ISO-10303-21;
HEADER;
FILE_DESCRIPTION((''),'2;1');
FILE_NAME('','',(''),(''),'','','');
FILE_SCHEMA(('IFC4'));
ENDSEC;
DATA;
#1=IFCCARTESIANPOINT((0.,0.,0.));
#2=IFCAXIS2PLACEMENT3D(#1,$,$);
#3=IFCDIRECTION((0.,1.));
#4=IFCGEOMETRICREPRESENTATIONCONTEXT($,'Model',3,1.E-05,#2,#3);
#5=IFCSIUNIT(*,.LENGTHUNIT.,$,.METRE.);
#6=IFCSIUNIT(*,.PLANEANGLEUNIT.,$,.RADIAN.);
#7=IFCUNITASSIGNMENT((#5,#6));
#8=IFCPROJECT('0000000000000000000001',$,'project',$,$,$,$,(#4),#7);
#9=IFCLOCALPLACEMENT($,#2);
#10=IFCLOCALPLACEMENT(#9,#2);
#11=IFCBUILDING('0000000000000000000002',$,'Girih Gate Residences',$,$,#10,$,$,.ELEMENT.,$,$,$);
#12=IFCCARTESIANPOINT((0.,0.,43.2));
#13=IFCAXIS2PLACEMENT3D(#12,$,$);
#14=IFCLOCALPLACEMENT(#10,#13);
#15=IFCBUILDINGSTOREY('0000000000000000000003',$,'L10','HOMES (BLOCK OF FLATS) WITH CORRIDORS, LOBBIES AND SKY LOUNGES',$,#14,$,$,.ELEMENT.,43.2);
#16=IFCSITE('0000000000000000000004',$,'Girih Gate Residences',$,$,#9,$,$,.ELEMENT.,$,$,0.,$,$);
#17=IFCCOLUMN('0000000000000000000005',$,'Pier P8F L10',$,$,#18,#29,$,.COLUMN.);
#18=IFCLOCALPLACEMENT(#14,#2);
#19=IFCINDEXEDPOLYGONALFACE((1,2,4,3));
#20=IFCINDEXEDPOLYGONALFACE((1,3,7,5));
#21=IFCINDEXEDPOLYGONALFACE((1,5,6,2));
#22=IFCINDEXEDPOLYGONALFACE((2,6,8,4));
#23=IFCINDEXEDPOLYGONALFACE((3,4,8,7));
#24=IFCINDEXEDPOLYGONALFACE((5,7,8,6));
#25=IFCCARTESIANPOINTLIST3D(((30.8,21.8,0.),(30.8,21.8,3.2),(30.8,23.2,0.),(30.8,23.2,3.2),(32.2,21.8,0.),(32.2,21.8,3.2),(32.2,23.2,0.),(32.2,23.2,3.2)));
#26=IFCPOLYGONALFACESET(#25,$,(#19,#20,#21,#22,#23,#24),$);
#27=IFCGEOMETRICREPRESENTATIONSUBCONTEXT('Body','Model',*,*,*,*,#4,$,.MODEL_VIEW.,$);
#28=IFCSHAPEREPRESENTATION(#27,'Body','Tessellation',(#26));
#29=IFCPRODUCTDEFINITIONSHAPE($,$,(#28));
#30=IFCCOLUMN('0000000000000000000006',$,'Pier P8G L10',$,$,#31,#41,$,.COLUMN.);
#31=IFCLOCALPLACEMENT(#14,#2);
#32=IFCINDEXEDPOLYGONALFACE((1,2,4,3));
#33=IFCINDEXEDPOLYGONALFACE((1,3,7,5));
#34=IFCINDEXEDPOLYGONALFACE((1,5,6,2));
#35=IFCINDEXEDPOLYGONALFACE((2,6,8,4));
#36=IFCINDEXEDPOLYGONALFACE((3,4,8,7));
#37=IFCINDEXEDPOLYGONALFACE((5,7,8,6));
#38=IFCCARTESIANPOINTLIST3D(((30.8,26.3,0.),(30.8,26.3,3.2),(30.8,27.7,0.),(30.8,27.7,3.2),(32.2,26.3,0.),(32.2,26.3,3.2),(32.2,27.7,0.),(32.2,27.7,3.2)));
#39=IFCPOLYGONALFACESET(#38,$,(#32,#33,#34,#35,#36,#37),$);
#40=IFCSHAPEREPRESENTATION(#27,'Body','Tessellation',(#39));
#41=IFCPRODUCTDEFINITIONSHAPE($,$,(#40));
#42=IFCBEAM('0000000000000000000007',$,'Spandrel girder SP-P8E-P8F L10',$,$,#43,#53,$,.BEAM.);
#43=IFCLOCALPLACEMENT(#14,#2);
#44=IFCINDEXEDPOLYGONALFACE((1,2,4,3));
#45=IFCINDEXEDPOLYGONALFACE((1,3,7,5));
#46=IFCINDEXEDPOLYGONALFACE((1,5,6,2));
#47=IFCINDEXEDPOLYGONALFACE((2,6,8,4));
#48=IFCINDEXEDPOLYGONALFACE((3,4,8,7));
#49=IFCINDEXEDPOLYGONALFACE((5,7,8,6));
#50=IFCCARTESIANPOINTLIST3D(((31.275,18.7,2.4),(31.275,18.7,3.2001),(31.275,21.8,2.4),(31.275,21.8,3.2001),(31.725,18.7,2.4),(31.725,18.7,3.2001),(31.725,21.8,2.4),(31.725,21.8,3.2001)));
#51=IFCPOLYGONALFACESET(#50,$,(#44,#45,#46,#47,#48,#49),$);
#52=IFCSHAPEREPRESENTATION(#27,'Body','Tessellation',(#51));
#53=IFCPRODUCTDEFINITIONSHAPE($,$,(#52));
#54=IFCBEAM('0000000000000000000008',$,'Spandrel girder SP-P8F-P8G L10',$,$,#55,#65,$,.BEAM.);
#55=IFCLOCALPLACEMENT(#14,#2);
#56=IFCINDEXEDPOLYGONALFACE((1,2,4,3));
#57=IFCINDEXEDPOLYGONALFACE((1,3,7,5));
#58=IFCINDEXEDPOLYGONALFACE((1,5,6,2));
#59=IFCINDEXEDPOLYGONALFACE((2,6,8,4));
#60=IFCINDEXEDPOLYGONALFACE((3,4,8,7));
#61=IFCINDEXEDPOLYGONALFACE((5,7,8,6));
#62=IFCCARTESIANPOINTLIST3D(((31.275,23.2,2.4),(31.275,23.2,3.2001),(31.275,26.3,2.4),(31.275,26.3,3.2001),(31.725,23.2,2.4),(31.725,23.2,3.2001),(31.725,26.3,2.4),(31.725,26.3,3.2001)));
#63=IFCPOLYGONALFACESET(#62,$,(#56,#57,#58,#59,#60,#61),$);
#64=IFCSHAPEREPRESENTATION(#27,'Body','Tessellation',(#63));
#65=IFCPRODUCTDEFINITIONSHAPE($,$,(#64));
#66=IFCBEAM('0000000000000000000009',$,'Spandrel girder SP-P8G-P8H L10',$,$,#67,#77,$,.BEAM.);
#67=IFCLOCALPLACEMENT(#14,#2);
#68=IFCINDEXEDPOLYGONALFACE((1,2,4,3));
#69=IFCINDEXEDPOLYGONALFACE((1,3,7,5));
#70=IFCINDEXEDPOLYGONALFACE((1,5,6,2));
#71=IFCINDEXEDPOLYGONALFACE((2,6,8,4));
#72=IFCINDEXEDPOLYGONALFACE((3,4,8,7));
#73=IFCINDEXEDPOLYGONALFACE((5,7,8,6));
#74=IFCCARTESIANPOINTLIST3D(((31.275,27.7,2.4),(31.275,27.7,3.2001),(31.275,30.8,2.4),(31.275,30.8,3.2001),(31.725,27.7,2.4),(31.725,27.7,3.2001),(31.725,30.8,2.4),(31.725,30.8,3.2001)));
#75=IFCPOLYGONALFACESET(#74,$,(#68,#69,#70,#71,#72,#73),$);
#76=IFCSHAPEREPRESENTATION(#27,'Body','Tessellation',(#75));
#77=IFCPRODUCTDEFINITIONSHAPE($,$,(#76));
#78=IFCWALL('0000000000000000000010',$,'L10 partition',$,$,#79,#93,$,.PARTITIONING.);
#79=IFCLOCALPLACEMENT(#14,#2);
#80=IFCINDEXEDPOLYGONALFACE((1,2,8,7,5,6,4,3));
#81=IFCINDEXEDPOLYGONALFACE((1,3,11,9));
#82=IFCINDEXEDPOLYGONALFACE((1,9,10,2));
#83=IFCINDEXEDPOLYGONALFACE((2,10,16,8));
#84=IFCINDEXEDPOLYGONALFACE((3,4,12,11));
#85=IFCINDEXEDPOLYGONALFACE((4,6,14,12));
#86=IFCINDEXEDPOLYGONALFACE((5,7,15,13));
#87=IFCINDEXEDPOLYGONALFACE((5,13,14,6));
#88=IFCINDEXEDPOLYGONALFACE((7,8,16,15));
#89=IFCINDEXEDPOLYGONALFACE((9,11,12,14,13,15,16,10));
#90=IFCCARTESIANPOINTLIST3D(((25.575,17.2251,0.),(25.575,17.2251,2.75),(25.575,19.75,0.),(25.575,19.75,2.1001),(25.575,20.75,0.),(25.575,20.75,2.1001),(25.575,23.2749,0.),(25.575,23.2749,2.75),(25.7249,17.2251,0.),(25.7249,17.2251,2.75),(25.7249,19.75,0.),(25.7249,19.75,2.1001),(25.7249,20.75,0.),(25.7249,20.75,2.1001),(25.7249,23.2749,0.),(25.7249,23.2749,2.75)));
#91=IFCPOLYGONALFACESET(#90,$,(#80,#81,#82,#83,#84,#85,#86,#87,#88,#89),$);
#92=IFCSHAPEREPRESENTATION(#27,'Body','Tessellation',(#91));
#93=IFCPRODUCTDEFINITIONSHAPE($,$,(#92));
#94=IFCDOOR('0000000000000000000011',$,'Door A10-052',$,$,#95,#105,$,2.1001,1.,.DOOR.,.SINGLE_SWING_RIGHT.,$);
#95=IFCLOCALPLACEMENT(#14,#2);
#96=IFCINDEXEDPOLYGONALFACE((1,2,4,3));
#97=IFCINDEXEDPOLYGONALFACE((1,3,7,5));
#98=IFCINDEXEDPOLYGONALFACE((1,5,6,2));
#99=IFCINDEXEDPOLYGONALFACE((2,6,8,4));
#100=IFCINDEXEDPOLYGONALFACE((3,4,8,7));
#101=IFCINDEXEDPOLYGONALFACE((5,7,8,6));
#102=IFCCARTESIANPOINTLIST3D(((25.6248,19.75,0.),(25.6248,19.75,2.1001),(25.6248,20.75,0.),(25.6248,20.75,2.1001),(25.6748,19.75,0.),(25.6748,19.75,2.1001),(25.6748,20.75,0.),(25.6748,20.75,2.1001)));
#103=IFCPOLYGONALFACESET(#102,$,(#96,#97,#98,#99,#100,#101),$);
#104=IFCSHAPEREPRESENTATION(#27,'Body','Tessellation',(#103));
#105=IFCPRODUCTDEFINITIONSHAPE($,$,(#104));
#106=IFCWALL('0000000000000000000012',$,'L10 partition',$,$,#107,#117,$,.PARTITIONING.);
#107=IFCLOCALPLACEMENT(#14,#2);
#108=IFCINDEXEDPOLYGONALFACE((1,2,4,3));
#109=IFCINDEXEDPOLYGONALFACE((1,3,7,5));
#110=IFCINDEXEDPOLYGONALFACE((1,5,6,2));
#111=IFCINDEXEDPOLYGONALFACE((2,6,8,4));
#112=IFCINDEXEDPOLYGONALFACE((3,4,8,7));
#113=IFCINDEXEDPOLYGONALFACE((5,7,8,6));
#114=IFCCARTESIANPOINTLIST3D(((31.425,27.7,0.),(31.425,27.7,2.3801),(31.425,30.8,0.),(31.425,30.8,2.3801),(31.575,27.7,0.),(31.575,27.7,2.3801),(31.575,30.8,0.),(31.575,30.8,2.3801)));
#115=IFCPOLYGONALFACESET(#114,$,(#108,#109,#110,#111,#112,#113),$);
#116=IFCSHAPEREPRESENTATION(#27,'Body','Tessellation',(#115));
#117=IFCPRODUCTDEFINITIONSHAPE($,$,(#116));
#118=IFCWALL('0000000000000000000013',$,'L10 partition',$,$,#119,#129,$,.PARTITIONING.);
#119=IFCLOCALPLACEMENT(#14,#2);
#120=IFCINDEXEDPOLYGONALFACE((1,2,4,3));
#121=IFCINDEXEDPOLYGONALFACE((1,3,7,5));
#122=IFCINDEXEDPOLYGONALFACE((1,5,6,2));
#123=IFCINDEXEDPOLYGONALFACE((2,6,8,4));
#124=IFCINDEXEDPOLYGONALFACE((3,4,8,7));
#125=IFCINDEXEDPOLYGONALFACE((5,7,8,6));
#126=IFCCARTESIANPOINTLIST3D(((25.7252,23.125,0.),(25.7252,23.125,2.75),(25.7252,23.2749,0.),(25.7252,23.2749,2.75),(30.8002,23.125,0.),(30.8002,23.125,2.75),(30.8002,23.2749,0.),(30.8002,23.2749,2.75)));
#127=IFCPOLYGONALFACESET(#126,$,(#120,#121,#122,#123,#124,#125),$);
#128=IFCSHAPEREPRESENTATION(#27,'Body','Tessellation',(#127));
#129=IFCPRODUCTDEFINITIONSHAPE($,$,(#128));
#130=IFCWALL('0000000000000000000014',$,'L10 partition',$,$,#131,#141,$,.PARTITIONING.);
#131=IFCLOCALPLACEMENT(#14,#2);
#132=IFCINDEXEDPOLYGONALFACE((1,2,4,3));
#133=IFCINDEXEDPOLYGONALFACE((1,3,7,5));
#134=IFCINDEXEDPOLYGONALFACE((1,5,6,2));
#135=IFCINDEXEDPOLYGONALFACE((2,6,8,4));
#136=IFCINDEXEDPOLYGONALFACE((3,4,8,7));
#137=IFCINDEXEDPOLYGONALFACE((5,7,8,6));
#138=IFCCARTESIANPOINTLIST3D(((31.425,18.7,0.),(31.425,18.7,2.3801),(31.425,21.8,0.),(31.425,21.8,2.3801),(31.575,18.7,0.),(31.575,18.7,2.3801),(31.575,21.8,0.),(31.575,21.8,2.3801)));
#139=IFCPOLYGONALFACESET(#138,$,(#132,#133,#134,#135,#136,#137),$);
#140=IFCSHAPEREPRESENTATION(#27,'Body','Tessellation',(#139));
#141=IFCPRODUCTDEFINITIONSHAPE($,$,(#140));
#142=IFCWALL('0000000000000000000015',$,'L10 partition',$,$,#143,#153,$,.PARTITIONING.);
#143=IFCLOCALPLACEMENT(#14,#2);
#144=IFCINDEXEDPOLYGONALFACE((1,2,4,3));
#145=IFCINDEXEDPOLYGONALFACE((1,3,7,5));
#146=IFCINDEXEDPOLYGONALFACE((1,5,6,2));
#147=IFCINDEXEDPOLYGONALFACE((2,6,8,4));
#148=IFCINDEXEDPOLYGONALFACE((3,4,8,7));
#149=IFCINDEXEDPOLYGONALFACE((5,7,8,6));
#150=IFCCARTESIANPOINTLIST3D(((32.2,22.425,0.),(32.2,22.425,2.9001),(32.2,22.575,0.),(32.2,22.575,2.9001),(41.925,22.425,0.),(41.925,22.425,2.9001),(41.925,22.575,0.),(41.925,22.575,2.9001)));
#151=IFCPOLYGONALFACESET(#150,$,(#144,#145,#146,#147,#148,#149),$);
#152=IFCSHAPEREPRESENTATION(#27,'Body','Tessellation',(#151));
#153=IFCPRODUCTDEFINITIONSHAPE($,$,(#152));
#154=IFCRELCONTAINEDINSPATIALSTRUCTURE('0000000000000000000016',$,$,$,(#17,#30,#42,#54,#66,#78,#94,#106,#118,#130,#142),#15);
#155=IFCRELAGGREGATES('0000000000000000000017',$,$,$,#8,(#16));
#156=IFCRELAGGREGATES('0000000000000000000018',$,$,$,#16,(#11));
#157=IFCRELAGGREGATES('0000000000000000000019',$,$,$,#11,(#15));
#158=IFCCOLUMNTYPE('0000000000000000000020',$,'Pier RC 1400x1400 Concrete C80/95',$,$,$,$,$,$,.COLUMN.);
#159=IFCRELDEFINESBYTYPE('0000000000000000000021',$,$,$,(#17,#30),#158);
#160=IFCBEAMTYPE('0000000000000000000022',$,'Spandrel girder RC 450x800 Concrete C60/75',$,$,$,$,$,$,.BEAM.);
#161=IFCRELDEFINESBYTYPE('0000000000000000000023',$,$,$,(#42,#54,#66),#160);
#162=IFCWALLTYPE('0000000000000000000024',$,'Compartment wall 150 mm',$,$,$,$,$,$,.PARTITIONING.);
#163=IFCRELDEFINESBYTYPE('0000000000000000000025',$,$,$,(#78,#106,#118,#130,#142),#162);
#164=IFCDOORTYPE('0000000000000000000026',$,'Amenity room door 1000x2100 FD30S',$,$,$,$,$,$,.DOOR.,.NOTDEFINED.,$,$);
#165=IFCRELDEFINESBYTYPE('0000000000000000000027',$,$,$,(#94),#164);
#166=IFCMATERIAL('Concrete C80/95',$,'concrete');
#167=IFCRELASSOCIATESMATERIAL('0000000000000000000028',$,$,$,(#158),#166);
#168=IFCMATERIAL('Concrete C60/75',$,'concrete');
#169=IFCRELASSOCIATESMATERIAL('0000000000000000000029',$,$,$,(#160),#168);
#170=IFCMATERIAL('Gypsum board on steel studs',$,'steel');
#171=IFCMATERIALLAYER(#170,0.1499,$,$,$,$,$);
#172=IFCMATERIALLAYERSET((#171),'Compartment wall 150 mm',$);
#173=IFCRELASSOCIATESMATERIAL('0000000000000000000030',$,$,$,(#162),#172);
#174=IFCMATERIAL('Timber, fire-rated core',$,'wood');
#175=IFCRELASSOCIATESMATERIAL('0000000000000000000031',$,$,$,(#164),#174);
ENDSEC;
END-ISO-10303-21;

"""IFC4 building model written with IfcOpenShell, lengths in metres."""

from ifc_helpers import new_model, si_unit, direction, frame, frame_2d, origin, origin_2d, place, context, subcontext, project, spatial, rectangle, extrude, material, layer, layer_set, material_profile, profile_set, type_object, element, fill, save


model = new_model("IFC4")

# Units and contexts
model_context = context("Model", 3, precision=1e-05, world=origin(), true_north=direction((0.0, 1.0)))
body_context = subcontext(model_context, "Body", "Model", "MODEL_VIEW")
ifc_project = project(units=[si_unit("LENGTHUNIT", "METRE"), si_unit("PLANEANGLEUNIT", "RADIAN")], contexts=[model_context])

# Site, building, storey
site_placement = place(None, origin())
site = spatial("IfcSite", under=ifc_project, at=site_placement, Name="Girih Gate Residences", CompositionType="ELEMENT", RefElevation=0.0)
building_placement = place(site_placement, origin())
building = spatial("IfcBuilding", under=site, at=building_placement, Name="Girih Gate Residences", CompositionType="ELEMENT")
storey_placement = place(building_placement, frame((0.0, 0.0, 43.2)))
storey = spatial("IfcBuildingStorey", under=building, at=storey_placement, Name="L10", Description="HOMES (BLOCK OF FLATS) WITH CORRIDORS, LOBBIES AND SKY LOUNGES", CompositionType="ELEMENT", Elevation=43.2)

# Columns
ifc_material_1 = material(Name="Concrete C80/95", Category="concrete")
ifc_material_profile_1 = material_profile(ifc_material_1, rectangle(XDim=1.3999, YDim=1.3999, at=origin_2d()))
ifc_profile_set_1 = profile_set([ifc_material_profile_1], Name="Concrete C80/95")
column_type = type_object("IfcColumnType", Name="Pier RC 1400x1400 Concrete C80/95", PredefinedType="COLUMN", material=ifc_profile_set_1)
for number, where, z_axis, x_axis, name in (
    (1, (31.5, 22.5, 0.0), (0.0, 0.0, 1.0), (1.0, 0.0, 0.0), "Pier P8F L10"),
    (2, (31.5, 27.0, 0.0), (0.0, 0.0, 1.0), (1.0, 0.0, 0.0), "Pier P8G L10"),
):
    element("IfcColumn", number, at=place(storey_placement, frame(where, z_axis=z_axis, x_axis=x_axis)), inside=storey, type_object=column_type, Name=name, PredefinedType="COLUMN", context=body_context, shape_type="SweptSolid", body=[
        extrude(rectangle(XDim=1.3999, YDim=1.3999, at=origin_2d()), origin(), (0.0, 0.0, 1.0), 3.2),
    ])

# Beams
ifc_material_2 = material(Name="Concrete C60/75", Category="concrete")
ifc_material_profile_2 = material_profile(ifc_material_2, rectangle(XDim=0.45, YDim=0.8, at=origin_2d()))
ifc_profile_set_2 = profile_set([ifc_material_profile_2], Name="Concrete C60/75")
beam_type = type_object("IfcBeamType", Name="Spandrel girder RC 450x800 Concrete C60/75", PredefinedType="BEAM", material=ifc_profile_set_2)
for number, where, z_axis, x_axis, name in (
    (3, (31.5, 18.7, 2.8), (0.0, 1.0, 0.0), (-1.0, 0.0, 0.0), "Spandrel girder SP-P8E-P8F L10"),
    (4, (31.5, 23.2, 2.8), (0.0, 1.0, 0.0), (-1.0, 0.0, 0.0), "Spandrel girder SP-P8F-P8G L10"),
    (5, (31.5, 27.7, 2.8), (0.0, 1.0, 0.0), (-1.0, 0.0, 0.0), "Spandrel girder SP-P8G-P8H L10"),
):
    element("IfcBeam", number, at=place(storey_placement, frame(where, z_axis=z_axis, x_axis=x_axis)), inside=storey, type_object=beam_type, Name=name, PredefinedType="BEAM", context=body_context, shape_type="SweptSolid", body=[
        extrude(rectangle(XDim=0.45, YDim=0.8, at=origin_2d()), origin(), (0.0, 0.0, 1.0), 3.1001),
    ])

# Wall, opening, door
ifc_material_3 = material(Name="Gypsum board on steel studs", Category="steel")
ifc_layer_1 = layer(ifc_material_3, 0.1499)
ifc_layer_set_1 = layer_set([ifc_layer_1], Name="Compartment wall 150 mm")
wall_type_1 = type_object("IfcWallType", Name="Compartment wall 150 mm", PredefinedType="PARTITIONING", material=ifc_layer_set_1)
wall_1_placement = place(storey_placement, frame((25.6499, 23.2749, 0.0), z_axis=(0.0, 0.0, 1.0), x_axis=(0.0, -1.0, 0.0)))
wall_1 = element("IfcWall", 6, at=wall_1_placement, inside=storey, type_object=wall_type_1, Name="L10 partition", PredefinedType="PARTITIONING", context=body_context, shape_type="SweptSolid", body=[
    extrude(rectangle(XDim=6.0498, YDim=0.1499, at=frame_2d((3.0249, 0.0))), origin(), (0.0, 0.0, 1.0), 2.75),
])
opening_1_placement = place(wall_1_placement, frame((2.5249, 0.0, 0.0)))
opening_1 = element("IfcOpeningElement", 7, at=opening_1_placement, cuts=wall_1, PredefinedType="OPENING", context=body_context, shape_type="SweptSolid", body=[
    extrude(rectangle(XDim=1.0, YDim=2.1001, at=frame_2d((0.5, 1.05))), frame((0.0, 0.085, 0.0), z_axis=(0.0, -1.0, 0.0), x_axis=(1.0, 0.0, 0.0)), (0.0, 0.0, 1.0), 0.1699),
])
ifc_material_4 = material(Name="Timber, fire-rated core", Category="wood")
door_type_1 = type_object("IfcDoorType", Name="Amenity room door 1000x2100 FD30S", OperationType="NOTDEFINED", PredefinedType="DOOR", material=ifc_material_4)
door_1_placement = place(opening_1_placement, origin())
door_1 = element("IfcDoor", 8, at=door_1_placement, inside=storey, type_object=door_type_1, Name="Door A10-052", OperationType="SINGLE_SWING_RIGHT", OverallHeight=2.1001, OverallWidth=1.0, PredefinedType="DOOR", context=body_context, shape_type="SweptSolid", body=[
    extrude(rectangle(XDim=1.0, YDim=2.1001, at=frame_2d((0.5, 1.05))), frame((0.0, 0.0249, 0.0), z_axis=(0.0, -1.0, 0.0), x_axis=(1.0, 0.0, 0.0)), (0.0, 0.0, 1.0), 0.05),
])
fill(opening_1, door_1)

# Walls
wall_2_placement = place(storey_placement, frame((31.5, 27.7, 0.0), z_axis=(0.0, 0.0, 1.0), x_axis=(0.0, 1.0, 0.0)))
element("IfcWall", 9, at=wall_2_placement, inside=storey, type_object=wall_type_1, Name="L10 partition", PredefinedType="PARTITIONING", context=body_context, shape_type="SweptSolid", body=[
    extrude(rectangle(XDim=3.1001, YDim=0.1499, at=frame_2d((1.55, 0.0))), origin(), (0.0, 0.0, 1.0), 2.3801),
])
wall_3_placement = place(storey_placement, frame((25.7251, 23.2, 0.0), z_axis=(0.0, 0.0, 1.0), x_axis=(1.0, 0.0, 0.0)))
element("IfcWall", 10, at=wall_3_placement, inside=storey, type_object=wall_type_1, Name="L10 partition", PredefinedType="PARTITIONING", context=body_context, shape_type="SweptSolid", body=[
    extrude(rectangle(XDim=5.075, YDim=0.1499, at=frame_2d((2.5376, 0.0))), origin(), (0.0, 0.0, 1.0), 2.75),
])
wall_4_placement = place(storey_placement, frame((31.5, 18.7, 0.0), z_axis=(0.0, 0.0, 1.0), x_axis=(0.0, 1.0, 0.0)))
element("IfcWall", 11, at=wall_4_placement, inside=storey, type_object=wall_type_1, Name="L10 partition", PredefinedType="PARTITIONING", context=body_context, shape_type="SweptSolid", body=[
    extrude(rectangle(XDim=3.1001, YDim=0.1499, at=frame_2d((1.55, 0.0))), origin(), (0.0, 0.0, 1.0), 2.3801),
])
wall_5_placement = place(storey_placement, frame((32.2, 22.5, 0.0), z_axis=(0.0, 0.0, 1.0), x_axis=(1.0, 0.0, 0.0)))
element("IfcWall", 12, at=wall_5_placement, inside=storey, type_object=wall_type_1, Name="L10 partition", PredefinedType="PARTITIONING", context=body_context, shape_type="SweptSolid", body=[
    extrude(rectangle(XDim=9.7251, YDim=0.1499, at=frame_2d((4.8625, 0.0))), origin(), (0.0, 0.0, 1.0), 2.9001),
])

save(model, "model.ifc")
